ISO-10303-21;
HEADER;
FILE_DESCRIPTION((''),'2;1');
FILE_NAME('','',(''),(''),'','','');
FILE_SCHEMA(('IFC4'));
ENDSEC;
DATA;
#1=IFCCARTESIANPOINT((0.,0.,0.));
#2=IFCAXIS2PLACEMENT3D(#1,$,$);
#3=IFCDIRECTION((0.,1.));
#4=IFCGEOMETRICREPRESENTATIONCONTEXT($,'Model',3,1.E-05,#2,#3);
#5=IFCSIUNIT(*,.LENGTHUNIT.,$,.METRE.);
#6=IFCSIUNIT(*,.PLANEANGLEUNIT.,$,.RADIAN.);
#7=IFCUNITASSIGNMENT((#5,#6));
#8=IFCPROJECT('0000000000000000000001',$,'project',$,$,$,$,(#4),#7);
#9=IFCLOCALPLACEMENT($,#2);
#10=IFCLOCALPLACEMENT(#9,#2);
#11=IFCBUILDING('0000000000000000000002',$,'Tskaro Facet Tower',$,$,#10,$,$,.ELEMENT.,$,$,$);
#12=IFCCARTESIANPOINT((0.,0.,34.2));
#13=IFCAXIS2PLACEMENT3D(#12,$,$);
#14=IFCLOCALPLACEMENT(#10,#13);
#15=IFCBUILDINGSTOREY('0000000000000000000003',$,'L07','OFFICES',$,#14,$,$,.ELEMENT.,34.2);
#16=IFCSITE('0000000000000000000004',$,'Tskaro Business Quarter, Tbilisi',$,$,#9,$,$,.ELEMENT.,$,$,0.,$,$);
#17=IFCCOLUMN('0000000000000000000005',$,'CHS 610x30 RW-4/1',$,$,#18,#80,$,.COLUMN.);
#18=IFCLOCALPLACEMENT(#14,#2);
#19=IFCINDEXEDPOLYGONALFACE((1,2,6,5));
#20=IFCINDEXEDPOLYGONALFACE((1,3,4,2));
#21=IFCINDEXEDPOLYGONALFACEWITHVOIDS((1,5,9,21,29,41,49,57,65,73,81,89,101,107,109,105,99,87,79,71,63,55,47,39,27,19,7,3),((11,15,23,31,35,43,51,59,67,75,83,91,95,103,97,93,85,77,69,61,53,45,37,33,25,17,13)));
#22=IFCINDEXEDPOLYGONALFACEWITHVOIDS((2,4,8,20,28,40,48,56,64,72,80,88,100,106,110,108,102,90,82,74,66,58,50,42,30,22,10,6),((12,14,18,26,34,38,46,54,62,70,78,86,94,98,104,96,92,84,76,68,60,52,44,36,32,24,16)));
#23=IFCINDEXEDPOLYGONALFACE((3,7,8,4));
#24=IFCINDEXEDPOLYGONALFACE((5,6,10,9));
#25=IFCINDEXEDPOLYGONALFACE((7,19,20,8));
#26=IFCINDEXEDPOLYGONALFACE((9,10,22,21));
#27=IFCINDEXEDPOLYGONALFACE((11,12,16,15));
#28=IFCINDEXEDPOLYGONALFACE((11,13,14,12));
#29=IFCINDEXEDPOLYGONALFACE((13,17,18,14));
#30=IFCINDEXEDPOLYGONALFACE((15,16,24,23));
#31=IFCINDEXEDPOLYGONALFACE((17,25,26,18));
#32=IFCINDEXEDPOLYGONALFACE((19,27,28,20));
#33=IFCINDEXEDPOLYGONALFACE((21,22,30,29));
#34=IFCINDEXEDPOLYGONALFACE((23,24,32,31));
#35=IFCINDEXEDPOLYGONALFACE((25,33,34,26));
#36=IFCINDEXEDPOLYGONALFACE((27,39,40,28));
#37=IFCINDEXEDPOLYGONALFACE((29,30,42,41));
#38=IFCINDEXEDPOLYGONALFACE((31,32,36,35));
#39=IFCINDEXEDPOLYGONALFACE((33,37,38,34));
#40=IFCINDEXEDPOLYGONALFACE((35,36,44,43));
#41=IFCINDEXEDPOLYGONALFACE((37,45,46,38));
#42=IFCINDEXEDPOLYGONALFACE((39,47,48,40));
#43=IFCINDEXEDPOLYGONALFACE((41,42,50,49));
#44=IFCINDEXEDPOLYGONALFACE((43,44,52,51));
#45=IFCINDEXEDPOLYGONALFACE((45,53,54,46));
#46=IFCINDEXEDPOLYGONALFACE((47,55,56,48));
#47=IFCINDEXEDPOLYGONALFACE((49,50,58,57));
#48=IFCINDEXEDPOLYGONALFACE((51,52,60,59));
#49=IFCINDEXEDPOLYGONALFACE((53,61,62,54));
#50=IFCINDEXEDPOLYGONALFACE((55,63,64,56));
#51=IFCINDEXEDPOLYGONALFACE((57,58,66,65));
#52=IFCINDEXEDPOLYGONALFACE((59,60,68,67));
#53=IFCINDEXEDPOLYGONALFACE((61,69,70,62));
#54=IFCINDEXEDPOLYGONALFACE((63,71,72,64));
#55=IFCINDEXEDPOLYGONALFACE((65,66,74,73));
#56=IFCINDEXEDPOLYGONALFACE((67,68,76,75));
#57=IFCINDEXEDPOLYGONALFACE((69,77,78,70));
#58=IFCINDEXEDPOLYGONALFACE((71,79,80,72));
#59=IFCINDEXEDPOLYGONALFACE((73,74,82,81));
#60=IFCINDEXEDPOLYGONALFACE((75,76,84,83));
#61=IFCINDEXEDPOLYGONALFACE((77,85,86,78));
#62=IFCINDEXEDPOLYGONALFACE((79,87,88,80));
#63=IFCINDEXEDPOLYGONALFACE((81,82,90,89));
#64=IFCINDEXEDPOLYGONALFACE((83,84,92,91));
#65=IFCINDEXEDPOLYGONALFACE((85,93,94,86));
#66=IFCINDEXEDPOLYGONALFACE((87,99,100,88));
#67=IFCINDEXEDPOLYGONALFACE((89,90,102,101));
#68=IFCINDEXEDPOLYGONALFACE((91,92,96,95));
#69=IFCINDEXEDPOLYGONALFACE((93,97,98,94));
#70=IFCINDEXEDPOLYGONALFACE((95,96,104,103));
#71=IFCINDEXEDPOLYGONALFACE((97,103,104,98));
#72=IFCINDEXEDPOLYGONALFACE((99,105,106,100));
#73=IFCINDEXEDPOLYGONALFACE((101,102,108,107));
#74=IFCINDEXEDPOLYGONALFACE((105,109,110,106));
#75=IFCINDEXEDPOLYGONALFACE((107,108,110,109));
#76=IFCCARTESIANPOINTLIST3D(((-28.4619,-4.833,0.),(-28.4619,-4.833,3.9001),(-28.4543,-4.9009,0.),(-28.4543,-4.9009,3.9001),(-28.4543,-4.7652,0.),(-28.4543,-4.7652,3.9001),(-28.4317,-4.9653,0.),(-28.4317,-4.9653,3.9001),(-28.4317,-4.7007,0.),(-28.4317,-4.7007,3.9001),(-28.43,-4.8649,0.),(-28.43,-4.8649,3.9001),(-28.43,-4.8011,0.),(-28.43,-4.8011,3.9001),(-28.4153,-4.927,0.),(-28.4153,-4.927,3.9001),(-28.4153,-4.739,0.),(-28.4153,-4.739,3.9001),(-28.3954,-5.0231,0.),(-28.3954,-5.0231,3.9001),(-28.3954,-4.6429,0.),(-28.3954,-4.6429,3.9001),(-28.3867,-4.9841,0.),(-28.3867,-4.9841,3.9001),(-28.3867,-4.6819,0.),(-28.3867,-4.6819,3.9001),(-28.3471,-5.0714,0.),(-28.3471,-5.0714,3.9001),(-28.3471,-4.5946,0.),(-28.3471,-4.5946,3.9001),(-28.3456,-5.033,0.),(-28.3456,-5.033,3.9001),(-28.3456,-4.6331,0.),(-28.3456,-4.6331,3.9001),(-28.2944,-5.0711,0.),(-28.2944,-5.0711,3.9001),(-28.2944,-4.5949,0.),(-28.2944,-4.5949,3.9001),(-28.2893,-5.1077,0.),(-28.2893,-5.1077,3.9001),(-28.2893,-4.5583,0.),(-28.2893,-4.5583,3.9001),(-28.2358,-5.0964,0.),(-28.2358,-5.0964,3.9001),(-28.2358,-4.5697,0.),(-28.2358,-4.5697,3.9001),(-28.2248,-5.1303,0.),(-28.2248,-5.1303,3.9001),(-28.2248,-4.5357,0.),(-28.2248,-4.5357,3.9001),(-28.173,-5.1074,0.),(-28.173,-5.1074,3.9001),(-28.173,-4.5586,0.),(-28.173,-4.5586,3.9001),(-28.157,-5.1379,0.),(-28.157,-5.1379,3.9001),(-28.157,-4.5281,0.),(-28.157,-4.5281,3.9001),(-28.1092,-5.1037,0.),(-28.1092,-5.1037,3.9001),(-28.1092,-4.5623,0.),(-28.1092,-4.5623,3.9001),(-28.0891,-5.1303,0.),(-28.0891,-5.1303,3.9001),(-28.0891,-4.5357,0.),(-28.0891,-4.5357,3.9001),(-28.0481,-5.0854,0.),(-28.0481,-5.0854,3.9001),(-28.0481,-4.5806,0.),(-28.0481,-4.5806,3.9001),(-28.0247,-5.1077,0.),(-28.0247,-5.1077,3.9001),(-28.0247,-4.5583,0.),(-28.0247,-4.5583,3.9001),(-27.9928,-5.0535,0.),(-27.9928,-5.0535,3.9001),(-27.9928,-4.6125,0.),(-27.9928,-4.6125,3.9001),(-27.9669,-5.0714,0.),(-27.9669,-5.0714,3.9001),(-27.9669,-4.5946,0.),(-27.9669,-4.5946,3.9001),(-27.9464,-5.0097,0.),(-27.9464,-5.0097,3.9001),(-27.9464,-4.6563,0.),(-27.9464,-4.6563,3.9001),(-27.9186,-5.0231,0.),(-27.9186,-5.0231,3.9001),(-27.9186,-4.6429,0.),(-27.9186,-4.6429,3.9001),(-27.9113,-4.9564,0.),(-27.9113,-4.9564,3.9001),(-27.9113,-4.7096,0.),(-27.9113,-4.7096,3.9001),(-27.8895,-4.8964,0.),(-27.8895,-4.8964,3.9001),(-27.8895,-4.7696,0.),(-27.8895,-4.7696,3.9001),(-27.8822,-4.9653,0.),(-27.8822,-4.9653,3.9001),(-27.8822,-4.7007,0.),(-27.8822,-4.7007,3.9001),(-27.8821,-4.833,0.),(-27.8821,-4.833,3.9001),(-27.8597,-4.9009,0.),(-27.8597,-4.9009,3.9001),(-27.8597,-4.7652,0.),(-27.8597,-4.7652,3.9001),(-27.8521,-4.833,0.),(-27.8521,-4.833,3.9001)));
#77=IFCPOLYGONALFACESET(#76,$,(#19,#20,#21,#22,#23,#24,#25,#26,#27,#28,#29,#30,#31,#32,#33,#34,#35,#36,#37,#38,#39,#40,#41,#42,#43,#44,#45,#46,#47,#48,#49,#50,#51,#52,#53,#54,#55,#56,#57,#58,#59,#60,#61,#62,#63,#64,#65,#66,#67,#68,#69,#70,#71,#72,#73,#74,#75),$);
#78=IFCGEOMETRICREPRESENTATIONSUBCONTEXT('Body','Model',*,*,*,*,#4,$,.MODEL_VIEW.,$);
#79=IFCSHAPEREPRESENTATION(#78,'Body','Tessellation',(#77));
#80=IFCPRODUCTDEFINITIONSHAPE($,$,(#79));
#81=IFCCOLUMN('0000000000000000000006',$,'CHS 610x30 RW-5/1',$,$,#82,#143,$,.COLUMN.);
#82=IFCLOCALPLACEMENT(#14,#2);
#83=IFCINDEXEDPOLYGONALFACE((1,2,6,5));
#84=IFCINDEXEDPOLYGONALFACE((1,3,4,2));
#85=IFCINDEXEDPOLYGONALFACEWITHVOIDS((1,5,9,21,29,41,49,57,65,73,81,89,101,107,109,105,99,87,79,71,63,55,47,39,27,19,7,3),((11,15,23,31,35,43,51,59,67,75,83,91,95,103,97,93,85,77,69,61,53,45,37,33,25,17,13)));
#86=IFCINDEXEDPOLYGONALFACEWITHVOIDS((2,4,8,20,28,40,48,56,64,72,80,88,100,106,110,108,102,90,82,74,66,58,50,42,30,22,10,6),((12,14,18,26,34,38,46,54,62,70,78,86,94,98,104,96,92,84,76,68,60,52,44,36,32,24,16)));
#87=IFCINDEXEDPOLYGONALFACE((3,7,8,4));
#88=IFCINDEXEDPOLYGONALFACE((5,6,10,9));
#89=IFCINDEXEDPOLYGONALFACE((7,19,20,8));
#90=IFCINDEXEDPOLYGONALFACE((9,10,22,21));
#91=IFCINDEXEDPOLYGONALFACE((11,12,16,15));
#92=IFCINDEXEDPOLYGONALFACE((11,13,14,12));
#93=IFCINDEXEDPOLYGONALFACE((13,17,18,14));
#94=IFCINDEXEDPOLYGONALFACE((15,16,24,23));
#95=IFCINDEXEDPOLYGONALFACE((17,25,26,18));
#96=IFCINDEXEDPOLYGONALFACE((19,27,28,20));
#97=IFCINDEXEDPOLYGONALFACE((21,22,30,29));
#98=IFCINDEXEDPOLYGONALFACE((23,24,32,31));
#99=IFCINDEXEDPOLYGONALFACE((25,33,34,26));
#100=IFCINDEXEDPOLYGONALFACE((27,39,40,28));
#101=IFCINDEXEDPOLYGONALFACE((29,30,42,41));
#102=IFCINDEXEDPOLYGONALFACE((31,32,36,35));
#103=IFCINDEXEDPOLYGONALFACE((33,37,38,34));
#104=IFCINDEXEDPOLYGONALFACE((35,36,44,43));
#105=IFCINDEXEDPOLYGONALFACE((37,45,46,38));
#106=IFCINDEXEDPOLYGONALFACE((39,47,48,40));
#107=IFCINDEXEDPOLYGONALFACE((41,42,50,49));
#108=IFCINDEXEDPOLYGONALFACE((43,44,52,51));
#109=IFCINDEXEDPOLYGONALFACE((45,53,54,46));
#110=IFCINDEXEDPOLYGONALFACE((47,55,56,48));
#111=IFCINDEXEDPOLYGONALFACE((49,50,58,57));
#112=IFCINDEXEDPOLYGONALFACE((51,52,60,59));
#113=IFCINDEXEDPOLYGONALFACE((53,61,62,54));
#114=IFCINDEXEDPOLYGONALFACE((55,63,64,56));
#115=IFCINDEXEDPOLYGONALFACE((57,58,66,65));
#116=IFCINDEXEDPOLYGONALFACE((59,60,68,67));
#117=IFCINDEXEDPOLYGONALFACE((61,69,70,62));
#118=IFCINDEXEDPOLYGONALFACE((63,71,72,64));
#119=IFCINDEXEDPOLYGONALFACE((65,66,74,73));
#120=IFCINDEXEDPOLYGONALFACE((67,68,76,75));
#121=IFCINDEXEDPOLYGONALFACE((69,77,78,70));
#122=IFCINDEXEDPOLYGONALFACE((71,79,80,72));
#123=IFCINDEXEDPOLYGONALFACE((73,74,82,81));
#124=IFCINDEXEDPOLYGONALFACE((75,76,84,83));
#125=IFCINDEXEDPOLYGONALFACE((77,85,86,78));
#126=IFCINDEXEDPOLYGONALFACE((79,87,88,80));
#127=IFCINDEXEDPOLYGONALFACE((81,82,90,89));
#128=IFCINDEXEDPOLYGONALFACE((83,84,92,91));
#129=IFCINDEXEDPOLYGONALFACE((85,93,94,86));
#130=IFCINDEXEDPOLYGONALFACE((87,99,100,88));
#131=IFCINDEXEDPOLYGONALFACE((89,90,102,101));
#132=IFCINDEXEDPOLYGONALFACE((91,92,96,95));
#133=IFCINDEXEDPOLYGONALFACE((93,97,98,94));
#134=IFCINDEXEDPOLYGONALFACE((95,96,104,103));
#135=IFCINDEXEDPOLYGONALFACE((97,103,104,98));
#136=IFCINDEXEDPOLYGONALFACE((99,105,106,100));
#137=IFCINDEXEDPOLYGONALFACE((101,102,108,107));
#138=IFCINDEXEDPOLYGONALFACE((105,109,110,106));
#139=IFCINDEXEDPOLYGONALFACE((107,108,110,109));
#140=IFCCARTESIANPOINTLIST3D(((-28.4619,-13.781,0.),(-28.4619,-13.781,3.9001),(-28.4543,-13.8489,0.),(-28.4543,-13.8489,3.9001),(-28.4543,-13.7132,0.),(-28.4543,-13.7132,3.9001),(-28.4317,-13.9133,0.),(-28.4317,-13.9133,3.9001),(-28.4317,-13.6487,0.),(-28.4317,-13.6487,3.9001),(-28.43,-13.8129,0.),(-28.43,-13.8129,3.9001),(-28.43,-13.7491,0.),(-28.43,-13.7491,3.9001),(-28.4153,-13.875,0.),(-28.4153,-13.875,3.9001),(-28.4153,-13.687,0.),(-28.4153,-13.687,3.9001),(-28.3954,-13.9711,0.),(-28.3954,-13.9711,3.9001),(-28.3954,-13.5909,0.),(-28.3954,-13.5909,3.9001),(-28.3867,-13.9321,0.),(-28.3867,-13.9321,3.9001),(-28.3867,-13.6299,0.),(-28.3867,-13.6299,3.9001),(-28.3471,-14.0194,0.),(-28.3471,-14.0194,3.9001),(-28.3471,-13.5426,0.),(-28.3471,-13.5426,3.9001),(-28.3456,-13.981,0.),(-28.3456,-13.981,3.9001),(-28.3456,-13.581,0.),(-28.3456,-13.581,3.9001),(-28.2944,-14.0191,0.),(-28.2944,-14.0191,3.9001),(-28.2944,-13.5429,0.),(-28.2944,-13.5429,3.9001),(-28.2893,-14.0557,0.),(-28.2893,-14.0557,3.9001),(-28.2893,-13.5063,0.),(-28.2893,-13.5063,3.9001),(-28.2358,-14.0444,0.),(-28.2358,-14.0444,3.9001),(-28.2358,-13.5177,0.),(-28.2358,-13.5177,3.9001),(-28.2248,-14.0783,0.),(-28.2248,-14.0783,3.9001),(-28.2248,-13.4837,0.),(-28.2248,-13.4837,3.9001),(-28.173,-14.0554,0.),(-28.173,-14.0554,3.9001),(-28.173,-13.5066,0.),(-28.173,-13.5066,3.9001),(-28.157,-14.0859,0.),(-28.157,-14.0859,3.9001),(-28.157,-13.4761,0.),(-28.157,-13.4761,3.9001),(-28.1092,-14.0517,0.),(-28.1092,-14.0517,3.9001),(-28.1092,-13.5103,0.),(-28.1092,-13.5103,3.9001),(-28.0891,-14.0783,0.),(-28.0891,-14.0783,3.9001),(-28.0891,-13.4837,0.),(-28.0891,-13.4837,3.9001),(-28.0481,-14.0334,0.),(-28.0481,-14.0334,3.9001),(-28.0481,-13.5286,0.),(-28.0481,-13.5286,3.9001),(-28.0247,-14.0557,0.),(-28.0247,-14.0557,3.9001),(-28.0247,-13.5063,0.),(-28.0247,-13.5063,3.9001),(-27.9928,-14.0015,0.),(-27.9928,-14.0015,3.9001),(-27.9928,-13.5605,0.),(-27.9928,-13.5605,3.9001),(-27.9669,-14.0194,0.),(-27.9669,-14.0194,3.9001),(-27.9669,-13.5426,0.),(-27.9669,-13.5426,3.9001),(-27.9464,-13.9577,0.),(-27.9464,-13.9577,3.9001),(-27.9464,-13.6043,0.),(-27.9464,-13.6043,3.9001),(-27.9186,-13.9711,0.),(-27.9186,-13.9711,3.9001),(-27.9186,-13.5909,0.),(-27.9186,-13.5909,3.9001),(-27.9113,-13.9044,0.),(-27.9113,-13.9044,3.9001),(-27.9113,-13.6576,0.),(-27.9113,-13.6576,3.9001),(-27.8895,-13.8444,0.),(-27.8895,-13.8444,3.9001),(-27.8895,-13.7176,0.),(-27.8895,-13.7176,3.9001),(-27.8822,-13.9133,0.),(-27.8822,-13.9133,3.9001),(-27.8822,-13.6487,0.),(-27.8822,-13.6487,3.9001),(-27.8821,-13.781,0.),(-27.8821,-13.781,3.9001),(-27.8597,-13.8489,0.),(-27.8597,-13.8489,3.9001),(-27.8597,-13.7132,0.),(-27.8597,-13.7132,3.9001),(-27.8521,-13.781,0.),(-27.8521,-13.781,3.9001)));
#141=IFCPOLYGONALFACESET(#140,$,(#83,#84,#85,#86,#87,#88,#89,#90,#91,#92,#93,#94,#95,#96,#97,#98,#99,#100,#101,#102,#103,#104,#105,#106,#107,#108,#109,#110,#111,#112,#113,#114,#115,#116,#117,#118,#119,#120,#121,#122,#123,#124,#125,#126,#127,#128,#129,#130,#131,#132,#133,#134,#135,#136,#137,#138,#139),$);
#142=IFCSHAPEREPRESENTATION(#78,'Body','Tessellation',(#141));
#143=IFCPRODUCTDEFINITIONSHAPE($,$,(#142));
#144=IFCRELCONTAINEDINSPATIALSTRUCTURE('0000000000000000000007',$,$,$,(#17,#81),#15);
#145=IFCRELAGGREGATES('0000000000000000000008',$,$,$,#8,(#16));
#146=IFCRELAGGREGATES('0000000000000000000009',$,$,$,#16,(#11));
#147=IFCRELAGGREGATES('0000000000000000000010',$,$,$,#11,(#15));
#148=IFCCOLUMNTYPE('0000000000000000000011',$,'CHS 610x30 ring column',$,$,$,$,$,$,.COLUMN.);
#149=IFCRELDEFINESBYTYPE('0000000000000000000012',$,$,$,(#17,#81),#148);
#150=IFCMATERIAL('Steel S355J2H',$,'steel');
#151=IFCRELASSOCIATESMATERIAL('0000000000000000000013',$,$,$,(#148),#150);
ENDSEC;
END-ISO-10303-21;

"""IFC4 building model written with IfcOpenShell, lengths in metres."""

from ifc_helpers import new_model, si_unit, direction, frame, origin, origin_2d, place, context, subcontext, project, spatial, hollow_circle, extrude, material, material_profile, profile_set, type_object, element, save


model = new_model("IFC4")

# Units and contexts
model_context = context("Model", 3, precision=1e-05, world=origin(), true_north=direction((0.0, 1.0)))
body_context = subcontext(model_context, "Body", "Model", "MODEL_VIEW")
ifc_project = project(units=[si_unit("LENGTHUNIT", "METRE"), si_unit("PLANEANGLEUNIT", "RADIAN")], contexts=[model_context])

# Site, building, storey
site_placement = place(None, origin())
site = spatial("IfcSite", under=ifc_project, at=site_placement, Name="Tskaro Business Quarter, Tbilisi", CompositionType="ELEMENT", RefElevation=0.0)
building_placement = place(site_placement, origin())
building = spatial("IfcBuilding", under=site, at=building_placement, Name="Tskaro Facet Tower", CompositionType="ELEMENT")
storey_placement = place(building_placement, frame((0.0, 0.0, 34.2)))
storey = spatial("IfcBuildingStorey", under=building, at=storey_placement, Name="L07", Description="OFFICES", CompositionType="ELEMENT", Elevation=34.2)

# Columns
ifc_material_1 = material(Name="Steel S355J2H", Category="steel")
ifc_material_profile_1 = material_profile(ifc_material_1, hollow_circle(Radius=0.3049, WallThickness=0.03, at=origin_2d()), Name="CHS 610x30")
ifc_profile_set_1 = profile_set([ifc_material_profile_1], Name="Steel S355J2H")
column_type_1 = type_object("IfcColumnType", Name="CHS 610x30 ring column", PredefinedType="COLUMN", material=ifc_profile_set_1)
for number, where, z_axis, x_axis, name in (
    (1, (-28.157, -4.833, 0.0), (0.0, 0.0, 1.0), (1.0, 0.0, 0.0), "CHS 610x30 RW-4/1"),
    (2, (-28.157, -13.781, 0.0), (0.0, 0.0, 1.0), (1.0, 0.0, 0.0), "CHS 610x30 RW-5/1"),
):
    element("IfcColumn", number, at=place(storey_placement, frame(where, z_axis=z_axis, x_axis=x_axis)), inside=storey, type_object=column_type_1, Name=name, PredefinedType="COLUMN", context=body_context, shape_type="SweptSolid", body=[
        extrude(hollow_circle(Radius=0.3049, WallThickness=0.03, at=origin_2d()), origin(), (0.0, 0.0, 1.0), 3.9001),
    ])

save(model, "model.ifc")
